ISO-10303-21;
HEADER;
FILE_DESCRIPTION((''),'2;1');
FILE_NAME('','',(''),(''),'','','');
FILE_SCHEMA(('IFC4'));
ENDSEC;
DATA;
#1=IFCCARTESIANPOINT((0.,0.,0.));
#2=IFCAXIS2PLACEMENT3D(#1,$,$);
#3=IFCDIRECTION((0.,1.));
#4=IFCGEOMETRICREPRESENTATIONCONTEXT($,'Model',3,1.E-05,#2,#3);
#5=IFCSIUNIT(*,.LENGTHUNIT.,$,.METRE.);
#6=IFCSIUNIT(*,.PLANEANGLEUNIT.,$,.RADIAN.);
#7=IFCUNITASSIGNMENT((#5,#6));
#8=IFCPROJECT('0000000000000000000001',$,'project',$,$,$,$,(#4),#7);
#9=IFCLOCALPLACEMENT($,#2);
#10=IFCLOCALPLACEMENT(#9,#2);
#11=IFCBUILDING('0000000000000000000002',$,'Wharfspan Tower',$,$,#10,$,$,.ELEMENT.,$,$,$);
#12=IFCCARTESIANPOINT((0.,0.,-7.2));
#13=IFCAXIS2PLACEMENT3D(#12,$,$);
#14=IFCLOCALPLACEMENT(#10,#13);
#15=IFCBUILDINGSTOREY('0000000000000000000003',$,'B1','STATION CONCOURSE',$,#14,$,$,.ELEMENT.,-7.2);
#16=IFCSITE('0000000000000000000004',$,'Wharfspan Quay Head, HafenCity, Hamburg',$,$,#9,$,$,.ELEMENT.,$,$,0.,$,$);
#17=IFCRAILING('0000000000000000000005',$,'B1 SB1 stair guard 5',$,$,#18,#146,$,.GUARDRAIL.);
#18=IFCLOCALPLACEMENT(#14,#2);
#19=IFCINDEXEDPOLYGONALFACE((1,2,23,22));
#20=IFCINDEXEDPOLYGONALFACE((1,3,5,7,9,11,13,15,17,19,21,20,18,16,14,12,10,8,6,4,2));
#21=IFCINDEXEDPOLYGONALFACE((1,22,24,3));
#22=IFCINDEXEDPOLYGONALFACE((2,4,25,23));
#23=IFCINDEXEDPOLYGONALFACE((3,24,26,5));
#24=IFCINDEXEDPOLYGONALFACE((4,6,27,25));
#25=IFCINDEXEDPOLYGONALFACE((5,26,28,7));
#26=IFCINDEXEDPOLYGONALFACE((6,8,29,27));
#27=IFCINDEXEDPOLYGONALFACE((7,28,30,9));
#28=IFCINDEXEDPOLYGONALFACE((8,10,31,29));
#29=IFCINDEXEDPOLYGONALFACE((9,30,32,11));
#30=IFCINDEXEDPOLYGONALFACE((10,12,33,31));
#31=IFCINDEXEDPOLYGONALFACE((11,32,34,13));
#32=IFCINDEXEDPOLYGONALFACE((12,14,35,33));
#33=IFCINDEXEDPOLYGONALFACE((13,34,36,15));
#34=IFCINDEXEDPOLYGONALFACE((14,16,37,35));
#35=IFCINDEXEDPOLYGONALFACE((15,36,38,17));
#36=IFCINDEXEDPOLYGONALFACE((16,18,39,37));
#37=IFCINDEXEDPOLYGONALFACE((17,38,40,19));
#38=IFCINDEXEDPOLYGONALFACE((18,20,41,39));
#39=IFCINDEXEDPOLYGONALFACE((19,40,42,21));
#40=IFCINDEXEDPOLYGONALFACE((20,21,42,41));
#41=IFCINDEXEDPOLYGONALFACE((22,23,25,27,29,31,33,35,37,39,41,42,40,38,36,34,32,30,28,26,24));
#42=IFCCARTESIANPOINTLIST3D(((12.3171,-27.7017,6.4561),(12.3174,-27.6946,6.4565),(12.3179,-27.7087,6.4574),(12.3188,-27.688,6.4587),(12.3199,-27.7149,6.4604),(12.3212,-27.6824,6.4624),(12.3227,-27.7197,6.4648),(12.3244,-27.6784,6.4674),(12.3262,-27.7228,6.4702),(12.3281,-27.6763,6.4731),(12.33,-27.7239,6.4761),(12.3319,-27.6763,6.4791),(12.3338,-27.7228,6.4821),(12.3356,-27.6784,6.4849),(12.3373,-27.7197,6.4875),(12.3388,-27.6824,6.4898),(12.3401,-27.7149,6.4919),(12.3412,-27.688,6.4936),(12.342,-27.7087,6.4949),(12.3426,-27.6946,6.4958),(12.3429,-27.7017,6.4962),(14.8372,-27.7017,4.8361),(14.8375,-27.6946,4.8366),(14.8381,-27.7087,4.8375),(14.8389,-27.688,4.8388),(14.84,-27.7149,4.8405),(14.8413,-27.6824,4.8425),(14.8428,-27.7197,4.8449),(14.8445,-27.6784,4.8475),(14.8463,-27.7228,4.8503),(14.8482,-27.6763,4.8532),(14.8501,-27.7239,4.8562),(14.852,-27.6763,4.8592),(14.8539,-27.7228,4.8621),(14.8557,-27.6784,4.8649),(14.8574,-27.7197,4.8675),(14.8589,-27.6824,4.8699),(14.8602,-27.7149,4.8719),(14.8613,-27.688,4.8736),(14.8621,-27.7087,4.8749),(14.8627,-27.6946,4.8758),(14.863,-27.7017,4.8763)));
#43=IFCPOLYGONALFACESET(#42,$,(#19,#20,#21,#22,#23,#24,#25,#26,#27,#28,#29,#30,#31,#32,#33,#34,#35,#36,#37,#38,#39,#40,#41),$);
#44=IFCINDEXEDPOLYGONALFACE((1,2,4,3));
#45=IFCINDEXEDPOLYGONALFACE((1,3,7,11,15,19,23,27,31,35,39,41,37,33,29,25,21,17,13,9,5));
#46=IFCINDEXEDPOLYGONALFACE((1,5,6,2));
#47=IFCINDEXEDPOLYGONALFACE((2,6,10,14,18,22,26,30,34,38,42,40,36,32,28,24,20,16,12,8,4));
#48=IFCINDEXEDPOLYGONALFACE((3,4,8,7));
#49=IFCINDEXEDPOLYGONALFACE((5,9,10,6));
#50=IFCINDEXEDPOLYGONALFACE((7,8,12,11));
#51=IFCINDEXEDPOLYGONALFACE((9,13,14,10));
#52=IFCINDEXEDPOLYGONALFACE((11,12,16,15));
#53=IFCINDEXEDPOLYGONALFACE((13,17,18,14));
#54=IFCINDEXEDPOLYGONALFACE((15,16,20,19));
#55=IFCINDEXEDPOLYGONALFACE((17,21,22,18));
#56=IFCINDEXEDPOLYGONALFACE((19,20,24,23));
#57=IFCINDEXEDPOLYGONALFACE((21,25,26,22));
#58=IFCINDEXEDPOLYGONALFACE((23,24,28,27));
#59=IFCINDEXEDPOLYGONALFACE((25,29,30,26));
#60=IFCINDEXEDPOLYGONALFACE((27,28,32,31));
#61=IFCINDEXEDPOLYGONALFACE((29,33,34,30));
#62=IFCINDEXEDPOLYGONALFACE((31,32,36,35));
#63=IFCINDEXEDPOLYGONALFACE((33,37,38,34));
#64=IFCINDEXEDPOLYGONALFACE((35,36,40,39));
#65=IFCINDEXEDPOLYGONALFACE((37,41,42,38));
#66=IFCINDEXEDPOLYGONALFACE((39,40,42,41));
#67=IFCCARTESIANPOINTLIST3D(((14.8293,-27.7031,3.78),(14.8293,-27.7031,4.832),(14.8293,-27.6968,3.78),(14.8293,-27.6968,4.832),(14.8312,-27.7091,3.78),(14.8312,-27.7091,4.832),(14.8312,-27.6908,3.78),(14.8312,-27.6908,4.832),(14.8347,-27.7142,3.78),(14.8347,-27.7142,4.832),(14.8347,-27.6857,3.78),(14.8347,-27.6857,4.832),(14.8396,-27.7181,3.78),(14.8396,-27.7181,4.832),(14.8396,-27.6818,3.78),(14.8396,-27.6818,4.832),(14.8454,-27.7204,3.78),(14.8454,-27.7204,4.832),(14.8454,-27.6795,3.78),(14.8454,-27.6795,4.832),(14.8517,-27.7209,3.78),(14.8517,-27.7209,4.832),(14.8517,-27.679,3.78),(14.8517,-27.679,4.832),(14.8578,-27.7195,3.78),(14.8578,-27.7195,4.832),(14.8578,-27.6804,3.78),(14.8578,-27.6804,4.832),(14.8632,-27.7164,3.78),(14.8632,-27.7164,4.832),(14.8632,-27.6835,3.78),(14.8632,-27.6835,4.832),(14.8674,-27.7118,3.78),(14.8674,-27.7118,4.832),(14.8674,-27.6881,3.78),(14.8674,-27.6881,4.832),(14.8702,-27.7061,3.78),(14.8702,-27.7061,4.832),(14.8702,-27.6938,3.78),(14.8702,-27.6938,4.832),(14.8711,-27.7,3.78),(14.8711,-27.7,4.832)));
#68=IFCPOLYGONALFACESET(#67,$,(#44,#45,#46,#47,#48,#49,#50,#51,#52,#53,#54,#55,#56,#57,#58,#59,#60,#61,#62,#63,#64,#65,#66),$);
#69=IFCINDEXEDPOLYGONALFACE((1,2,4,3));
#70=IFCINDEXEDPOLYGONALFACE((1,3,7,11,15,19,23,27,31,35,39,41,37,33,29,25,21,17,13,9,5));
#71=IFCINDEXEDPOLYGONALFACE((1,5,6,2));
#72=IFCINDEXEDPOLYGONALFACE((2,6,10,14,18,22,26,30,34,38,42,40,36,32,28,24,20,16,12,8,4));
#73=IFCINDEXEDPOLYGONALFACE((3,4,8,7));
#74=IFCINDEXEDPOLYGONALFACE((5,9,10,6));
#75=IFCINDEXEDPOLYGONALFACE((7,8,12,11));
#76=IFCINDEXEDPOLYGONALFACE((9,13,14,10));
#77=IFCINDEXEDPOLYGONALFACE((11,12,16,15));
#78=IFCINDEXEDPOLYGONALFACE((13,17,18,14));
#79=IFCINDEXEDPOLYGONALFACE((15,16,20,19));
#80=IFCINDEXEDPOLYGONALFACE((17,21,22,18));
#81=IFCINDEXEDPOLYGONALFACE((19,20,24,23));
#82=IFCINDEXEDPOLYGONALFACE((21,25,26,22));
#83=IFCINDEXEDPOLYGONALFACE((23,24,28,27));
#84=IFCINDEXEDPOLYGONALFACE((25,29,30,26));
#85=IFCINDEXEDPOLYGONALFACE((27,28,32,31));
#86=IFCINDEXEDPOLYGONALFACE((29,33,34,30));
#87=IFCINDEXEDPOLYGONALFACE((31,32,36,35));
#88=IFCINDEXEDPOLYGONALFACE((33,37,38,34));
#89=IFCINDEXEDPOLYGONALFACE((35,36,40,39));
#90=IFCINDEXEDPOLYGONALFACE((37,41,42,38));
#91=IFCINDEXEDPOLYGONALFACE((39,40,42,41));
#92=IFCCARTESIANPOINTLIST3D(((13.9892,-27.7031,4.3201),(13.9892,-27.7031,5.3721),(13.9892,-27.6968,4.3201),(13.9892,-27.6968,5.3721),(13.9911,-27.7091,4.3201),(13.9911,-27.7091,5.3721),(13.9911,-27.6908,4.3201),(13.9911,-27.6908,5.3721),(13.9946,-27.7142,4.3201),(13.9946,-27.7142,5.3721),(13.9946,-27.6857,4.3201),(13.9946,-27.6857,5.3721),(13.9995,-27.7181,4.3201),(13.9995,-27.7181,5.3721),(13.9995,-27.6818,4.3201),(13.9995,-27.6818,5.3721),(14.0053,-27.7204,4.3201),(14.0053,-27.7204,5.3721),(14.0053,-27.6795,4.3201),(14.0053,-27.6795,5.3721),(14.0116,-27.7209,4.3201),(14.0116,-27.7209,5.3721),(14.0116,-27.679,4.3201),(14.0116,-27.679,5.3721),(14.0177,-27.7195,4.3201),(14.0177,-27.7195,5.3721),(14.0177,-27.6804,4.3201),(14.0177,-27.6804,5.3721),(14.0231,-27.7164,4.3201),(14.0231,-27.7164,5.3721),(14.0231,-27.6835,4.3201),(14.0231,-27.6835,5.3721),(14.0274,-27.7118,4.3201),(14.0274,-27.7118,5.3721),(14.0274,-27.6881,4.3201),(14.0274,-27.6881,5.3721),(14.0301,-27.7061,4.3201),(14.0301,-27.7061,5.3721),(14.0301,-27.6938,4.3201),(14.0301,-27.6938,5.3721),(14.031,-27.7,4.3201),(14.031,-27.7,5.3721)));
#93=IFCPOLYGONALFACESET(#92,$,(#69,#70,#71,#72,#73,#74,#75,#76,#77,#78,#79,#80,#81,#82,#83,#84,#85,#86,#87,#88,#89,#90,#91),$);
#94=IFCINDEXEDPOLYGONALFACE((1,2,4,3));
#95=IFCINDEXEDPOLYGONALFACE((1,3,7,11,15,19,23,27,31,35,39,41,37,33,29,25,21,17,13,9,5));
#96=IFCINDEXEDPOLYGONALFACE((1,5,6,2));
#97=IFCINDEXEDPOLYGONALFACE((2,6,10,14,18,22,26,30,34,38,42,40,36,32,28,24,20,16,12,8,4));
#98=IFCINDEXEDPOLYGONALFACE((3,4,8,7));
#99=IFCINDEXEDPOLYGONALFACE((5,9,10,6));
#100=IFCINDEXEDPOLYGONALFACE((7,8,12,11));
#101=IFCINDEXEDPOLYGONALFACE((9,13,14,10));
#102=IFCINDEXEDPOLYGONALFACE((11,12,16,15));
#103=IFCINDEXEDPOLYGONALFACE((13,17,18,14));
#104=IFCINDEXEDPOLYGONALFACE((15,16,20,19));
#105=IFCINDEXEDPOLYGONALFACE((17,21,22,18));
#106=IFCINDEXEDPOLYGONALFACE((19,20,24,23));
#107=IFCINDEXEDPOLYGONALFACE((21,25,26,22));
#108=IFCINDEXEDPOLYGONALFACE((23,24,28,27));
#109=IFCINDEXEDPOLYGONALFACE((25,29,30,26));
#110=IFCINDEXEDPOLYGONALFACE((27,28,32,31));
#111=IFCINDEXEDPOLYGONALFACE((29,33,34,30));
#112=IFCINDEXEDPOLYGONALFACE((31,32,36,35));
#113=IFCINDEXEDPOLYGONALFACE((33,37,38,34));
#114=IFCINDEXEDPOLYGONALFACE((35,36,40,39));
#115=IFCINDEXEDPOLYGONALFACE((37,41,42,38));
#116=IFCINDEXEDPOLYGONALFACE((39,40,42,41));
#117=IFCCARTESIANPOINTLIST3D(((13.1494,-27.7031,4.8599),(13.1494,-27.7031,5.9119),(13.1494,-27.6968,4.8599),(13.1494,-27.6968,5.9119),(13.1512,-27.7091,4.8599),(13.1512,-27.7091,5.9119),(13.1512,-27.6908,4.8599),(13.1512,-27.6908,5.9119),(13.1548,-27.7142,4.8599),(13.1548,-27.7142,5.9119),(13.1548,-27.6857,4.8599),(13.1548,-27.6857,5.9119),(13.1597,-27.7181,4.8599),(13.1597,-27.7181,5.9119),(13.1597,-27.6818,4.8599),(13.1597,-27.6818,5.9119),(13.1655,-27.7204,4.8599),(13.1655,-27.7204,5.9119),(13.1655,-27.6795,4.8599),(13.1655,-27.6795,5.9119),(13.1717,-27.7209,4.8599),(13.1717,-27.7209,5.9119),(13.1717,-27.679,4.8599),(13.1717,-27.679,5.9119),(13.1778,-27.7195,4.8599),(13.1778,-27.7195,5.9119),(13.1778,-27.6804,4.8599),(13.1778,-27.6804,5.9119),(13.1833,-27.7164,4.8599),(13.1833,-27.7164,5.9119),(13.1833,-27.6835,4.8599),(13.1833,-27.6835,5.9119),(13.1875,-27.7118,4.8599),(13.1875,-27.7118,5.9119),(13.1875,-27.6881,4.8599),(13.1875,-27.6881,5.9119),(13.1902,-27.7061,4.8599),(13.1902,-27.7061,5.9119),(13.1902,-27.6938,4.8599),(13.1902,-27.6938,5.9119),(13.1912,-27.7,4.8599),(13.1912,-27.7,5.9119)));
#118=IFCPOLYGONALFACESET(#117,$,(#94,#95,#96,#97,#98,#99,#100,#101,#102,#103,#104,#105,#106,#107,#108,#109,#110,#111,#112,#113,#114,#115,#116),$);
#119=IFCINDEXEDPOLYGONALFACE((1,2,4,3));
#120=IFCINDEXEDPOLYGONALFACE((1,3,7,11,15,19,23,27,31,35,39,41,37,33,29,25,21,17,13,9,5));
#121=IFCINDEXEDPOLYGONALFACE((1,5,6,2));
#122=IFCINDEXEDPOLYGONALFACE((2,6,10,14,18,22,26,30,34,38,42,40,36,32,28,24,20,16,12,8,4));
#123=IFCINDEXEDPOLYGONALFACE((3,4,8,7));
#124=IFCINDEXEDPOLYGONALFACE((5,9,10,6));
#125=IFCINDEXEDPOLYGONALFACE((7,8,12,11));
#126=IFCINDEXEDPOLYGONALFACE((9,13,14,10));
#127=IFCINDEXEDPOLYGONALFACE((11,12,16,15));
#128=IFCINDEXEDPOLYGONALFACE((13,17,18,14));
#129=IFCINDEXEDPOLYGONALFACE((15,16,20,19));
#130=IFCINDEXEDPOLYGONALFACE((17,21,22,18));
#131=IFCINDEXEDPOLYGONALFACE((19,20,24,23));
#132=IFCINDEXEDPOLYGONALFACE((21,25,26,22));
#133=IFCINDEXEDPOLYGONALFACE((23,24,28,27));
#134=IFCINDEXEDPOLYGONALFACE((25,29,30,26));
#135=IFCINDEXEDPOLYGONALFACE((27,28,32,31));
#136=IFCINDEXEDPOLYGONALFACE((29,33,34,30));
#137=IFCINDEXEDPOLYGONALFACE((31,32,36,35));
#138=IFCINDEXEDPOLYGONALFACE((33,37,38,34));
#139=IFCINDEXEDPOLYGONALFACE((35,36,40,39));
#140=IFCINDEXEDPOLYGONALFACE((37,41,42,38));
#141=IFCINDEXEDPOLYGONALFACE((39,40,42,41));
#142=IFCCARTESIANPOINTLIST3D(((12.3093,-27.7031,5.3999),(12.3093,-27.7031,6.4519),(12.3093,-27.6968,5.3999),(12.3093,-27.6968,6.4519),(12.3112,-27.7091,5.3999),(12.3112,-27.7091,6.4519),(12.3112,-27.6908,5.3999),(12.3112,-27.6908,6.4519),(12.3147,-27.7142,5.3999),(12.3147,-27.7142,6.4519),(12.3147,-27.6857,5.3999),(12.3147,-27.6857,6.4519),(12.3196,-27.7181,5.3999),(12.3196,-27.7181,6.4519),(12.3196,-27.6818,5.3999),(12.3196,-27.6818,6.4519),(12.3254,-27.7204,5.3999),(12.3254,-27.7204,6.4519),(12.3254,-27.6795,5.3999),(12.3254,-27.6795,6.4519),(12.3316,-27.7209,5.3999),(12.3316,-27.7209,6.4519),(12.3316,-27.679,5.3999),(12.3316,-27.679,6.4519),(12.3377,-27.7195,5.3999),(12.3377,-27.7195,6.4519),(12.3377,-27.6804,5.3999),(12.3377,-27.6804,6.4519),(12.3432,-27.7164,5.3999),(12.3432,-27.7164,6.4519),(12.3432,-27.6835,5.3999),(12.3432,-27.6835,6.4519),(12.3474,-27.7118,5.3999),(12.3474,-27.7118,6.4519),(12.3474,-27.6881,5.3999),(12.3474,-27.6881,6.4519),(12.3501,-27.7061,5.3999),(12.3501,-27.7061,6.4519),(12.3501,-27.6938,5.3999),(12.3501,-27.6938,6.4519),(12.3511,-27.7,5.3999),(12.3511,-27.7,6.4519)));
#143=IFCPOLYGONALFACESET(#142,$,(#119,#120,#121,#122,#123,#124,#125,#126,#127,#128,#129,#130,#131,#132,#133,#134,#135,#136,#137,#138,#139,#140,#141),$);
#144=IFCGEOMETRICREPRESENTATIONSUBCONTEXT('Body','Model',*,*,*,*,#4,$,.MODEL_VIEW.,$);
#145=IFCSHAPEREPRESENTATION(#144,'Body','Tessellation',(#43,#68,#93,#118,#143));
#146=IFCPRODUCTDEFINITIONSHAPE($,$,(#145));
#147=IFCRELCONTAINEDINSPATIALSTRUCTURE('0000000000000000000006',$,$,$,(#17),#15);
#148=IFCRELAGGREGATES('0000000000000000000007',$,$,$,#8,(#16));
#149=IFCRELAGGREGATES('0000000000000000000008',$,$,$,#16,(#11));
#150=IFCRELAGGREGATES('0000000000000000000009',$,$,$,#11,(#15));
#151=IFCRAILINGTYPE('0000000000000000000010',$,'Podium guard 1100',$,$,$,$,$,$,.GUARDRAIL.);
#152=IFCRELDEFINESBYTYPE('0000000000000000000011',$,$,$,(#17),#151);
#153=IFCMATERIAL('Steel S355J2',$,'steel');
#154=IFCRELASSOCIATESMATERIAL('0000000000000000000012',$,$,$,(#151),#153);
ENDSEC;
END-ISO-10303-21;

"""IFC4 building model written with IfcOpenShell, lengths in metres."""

from ifc_helpers import new_model, si_unit, direction, frame, origin, origin_2d, place, context, subcontext, project, spatial, circle, extrude, material, type_object, element, save


model = new_model("IFC4")

# Units and contexts
model_context = context("Model", 3, precision=1e-05, world=origin(), true_north=direction((0.0, 1.0)))
body_context = subcontext(model_context, "Body", "Model", "MODEL_VIEW")
ifc_project = project(units=[si_unit("LENGTHUNIT", "METRE"), si_unit("PLANEANGLEUNIT", "RADIAN")], contexts=[model_context])

# Site, building, storey
site_placement = place(None, origin())
site = spatial("IfcSite", under=ifc_project, at=site_placement, Name="Wharfspan Quay Head, HafenCity, Hamburg", CompositionType="ELEMENT", RefElevation=0.0)
building_placement = place(site_placement, origin())
building = spatial("IfcBuilding", under=site, at=building_placement, Name="Wharfspan Tower", CompositionType="ELEMENT")
storey_placement = place(building_placement, frame((0.0, 0.0, -7.2)))
storey = spatial("IfcBuildingStorey", under=building, at=storey_placement, Name="B1", Description="STATION CONCOURSE", CompositionType="ELEMENT", Elevation=-7.2)

# Railing
ifc_material_1 = material(Name="Steel S355J2", Category="steel")
railing_type_1 = type_object("IfcRailingType", Name="Podium guard 1100", PredefinedType="GUARDRAIL", material=ifc_material_1)
railing_1_placement = place(storey_placement, frame((14.8501, -27.7, 3.78)))
element("IfcRailing", 1, at=railing_1_placement, inside=storey, type_object=railing_type_1, Name="B1 SB1 stair guard 5", PredefinedType="GUARDRAIL", context=body_context, shape_type="SweptSolid", body=[
    extrude(circle(Radius=0.0239, at=origin_2d()), frame((0.0, 0.0, 1.0762), z_axis=(-0.8412, 0.0, 0.540725), x_axis=(0.0, -1.0, 0.0)), (0.0, 0.0, 1.0), 2.9958),
    extrude(circle(Radius=0.021, at=origin_2d()), origin(), (0.0, 0.0, 1.0), 1.052),
    extrude(circle(Radius=0.021, at=origin_2d()), frame((-0.8401, 0.0, 0.54)), (0.0, 0.0, 1.0), 1.052),
    extrude(circle(Radius=0.021, at=origin_2d()), frame((-1.6799, 0.0, 1.0798)), (0.0, 0.0, 1.0), 1.052),
    extrude(circle(Radius=0.021, at=origin_2d()), frame((-2.52, 0.0, 1.6199)), (0.0, 0.0, 1.0), 1.052),
])

save(model, "model.ifc")
